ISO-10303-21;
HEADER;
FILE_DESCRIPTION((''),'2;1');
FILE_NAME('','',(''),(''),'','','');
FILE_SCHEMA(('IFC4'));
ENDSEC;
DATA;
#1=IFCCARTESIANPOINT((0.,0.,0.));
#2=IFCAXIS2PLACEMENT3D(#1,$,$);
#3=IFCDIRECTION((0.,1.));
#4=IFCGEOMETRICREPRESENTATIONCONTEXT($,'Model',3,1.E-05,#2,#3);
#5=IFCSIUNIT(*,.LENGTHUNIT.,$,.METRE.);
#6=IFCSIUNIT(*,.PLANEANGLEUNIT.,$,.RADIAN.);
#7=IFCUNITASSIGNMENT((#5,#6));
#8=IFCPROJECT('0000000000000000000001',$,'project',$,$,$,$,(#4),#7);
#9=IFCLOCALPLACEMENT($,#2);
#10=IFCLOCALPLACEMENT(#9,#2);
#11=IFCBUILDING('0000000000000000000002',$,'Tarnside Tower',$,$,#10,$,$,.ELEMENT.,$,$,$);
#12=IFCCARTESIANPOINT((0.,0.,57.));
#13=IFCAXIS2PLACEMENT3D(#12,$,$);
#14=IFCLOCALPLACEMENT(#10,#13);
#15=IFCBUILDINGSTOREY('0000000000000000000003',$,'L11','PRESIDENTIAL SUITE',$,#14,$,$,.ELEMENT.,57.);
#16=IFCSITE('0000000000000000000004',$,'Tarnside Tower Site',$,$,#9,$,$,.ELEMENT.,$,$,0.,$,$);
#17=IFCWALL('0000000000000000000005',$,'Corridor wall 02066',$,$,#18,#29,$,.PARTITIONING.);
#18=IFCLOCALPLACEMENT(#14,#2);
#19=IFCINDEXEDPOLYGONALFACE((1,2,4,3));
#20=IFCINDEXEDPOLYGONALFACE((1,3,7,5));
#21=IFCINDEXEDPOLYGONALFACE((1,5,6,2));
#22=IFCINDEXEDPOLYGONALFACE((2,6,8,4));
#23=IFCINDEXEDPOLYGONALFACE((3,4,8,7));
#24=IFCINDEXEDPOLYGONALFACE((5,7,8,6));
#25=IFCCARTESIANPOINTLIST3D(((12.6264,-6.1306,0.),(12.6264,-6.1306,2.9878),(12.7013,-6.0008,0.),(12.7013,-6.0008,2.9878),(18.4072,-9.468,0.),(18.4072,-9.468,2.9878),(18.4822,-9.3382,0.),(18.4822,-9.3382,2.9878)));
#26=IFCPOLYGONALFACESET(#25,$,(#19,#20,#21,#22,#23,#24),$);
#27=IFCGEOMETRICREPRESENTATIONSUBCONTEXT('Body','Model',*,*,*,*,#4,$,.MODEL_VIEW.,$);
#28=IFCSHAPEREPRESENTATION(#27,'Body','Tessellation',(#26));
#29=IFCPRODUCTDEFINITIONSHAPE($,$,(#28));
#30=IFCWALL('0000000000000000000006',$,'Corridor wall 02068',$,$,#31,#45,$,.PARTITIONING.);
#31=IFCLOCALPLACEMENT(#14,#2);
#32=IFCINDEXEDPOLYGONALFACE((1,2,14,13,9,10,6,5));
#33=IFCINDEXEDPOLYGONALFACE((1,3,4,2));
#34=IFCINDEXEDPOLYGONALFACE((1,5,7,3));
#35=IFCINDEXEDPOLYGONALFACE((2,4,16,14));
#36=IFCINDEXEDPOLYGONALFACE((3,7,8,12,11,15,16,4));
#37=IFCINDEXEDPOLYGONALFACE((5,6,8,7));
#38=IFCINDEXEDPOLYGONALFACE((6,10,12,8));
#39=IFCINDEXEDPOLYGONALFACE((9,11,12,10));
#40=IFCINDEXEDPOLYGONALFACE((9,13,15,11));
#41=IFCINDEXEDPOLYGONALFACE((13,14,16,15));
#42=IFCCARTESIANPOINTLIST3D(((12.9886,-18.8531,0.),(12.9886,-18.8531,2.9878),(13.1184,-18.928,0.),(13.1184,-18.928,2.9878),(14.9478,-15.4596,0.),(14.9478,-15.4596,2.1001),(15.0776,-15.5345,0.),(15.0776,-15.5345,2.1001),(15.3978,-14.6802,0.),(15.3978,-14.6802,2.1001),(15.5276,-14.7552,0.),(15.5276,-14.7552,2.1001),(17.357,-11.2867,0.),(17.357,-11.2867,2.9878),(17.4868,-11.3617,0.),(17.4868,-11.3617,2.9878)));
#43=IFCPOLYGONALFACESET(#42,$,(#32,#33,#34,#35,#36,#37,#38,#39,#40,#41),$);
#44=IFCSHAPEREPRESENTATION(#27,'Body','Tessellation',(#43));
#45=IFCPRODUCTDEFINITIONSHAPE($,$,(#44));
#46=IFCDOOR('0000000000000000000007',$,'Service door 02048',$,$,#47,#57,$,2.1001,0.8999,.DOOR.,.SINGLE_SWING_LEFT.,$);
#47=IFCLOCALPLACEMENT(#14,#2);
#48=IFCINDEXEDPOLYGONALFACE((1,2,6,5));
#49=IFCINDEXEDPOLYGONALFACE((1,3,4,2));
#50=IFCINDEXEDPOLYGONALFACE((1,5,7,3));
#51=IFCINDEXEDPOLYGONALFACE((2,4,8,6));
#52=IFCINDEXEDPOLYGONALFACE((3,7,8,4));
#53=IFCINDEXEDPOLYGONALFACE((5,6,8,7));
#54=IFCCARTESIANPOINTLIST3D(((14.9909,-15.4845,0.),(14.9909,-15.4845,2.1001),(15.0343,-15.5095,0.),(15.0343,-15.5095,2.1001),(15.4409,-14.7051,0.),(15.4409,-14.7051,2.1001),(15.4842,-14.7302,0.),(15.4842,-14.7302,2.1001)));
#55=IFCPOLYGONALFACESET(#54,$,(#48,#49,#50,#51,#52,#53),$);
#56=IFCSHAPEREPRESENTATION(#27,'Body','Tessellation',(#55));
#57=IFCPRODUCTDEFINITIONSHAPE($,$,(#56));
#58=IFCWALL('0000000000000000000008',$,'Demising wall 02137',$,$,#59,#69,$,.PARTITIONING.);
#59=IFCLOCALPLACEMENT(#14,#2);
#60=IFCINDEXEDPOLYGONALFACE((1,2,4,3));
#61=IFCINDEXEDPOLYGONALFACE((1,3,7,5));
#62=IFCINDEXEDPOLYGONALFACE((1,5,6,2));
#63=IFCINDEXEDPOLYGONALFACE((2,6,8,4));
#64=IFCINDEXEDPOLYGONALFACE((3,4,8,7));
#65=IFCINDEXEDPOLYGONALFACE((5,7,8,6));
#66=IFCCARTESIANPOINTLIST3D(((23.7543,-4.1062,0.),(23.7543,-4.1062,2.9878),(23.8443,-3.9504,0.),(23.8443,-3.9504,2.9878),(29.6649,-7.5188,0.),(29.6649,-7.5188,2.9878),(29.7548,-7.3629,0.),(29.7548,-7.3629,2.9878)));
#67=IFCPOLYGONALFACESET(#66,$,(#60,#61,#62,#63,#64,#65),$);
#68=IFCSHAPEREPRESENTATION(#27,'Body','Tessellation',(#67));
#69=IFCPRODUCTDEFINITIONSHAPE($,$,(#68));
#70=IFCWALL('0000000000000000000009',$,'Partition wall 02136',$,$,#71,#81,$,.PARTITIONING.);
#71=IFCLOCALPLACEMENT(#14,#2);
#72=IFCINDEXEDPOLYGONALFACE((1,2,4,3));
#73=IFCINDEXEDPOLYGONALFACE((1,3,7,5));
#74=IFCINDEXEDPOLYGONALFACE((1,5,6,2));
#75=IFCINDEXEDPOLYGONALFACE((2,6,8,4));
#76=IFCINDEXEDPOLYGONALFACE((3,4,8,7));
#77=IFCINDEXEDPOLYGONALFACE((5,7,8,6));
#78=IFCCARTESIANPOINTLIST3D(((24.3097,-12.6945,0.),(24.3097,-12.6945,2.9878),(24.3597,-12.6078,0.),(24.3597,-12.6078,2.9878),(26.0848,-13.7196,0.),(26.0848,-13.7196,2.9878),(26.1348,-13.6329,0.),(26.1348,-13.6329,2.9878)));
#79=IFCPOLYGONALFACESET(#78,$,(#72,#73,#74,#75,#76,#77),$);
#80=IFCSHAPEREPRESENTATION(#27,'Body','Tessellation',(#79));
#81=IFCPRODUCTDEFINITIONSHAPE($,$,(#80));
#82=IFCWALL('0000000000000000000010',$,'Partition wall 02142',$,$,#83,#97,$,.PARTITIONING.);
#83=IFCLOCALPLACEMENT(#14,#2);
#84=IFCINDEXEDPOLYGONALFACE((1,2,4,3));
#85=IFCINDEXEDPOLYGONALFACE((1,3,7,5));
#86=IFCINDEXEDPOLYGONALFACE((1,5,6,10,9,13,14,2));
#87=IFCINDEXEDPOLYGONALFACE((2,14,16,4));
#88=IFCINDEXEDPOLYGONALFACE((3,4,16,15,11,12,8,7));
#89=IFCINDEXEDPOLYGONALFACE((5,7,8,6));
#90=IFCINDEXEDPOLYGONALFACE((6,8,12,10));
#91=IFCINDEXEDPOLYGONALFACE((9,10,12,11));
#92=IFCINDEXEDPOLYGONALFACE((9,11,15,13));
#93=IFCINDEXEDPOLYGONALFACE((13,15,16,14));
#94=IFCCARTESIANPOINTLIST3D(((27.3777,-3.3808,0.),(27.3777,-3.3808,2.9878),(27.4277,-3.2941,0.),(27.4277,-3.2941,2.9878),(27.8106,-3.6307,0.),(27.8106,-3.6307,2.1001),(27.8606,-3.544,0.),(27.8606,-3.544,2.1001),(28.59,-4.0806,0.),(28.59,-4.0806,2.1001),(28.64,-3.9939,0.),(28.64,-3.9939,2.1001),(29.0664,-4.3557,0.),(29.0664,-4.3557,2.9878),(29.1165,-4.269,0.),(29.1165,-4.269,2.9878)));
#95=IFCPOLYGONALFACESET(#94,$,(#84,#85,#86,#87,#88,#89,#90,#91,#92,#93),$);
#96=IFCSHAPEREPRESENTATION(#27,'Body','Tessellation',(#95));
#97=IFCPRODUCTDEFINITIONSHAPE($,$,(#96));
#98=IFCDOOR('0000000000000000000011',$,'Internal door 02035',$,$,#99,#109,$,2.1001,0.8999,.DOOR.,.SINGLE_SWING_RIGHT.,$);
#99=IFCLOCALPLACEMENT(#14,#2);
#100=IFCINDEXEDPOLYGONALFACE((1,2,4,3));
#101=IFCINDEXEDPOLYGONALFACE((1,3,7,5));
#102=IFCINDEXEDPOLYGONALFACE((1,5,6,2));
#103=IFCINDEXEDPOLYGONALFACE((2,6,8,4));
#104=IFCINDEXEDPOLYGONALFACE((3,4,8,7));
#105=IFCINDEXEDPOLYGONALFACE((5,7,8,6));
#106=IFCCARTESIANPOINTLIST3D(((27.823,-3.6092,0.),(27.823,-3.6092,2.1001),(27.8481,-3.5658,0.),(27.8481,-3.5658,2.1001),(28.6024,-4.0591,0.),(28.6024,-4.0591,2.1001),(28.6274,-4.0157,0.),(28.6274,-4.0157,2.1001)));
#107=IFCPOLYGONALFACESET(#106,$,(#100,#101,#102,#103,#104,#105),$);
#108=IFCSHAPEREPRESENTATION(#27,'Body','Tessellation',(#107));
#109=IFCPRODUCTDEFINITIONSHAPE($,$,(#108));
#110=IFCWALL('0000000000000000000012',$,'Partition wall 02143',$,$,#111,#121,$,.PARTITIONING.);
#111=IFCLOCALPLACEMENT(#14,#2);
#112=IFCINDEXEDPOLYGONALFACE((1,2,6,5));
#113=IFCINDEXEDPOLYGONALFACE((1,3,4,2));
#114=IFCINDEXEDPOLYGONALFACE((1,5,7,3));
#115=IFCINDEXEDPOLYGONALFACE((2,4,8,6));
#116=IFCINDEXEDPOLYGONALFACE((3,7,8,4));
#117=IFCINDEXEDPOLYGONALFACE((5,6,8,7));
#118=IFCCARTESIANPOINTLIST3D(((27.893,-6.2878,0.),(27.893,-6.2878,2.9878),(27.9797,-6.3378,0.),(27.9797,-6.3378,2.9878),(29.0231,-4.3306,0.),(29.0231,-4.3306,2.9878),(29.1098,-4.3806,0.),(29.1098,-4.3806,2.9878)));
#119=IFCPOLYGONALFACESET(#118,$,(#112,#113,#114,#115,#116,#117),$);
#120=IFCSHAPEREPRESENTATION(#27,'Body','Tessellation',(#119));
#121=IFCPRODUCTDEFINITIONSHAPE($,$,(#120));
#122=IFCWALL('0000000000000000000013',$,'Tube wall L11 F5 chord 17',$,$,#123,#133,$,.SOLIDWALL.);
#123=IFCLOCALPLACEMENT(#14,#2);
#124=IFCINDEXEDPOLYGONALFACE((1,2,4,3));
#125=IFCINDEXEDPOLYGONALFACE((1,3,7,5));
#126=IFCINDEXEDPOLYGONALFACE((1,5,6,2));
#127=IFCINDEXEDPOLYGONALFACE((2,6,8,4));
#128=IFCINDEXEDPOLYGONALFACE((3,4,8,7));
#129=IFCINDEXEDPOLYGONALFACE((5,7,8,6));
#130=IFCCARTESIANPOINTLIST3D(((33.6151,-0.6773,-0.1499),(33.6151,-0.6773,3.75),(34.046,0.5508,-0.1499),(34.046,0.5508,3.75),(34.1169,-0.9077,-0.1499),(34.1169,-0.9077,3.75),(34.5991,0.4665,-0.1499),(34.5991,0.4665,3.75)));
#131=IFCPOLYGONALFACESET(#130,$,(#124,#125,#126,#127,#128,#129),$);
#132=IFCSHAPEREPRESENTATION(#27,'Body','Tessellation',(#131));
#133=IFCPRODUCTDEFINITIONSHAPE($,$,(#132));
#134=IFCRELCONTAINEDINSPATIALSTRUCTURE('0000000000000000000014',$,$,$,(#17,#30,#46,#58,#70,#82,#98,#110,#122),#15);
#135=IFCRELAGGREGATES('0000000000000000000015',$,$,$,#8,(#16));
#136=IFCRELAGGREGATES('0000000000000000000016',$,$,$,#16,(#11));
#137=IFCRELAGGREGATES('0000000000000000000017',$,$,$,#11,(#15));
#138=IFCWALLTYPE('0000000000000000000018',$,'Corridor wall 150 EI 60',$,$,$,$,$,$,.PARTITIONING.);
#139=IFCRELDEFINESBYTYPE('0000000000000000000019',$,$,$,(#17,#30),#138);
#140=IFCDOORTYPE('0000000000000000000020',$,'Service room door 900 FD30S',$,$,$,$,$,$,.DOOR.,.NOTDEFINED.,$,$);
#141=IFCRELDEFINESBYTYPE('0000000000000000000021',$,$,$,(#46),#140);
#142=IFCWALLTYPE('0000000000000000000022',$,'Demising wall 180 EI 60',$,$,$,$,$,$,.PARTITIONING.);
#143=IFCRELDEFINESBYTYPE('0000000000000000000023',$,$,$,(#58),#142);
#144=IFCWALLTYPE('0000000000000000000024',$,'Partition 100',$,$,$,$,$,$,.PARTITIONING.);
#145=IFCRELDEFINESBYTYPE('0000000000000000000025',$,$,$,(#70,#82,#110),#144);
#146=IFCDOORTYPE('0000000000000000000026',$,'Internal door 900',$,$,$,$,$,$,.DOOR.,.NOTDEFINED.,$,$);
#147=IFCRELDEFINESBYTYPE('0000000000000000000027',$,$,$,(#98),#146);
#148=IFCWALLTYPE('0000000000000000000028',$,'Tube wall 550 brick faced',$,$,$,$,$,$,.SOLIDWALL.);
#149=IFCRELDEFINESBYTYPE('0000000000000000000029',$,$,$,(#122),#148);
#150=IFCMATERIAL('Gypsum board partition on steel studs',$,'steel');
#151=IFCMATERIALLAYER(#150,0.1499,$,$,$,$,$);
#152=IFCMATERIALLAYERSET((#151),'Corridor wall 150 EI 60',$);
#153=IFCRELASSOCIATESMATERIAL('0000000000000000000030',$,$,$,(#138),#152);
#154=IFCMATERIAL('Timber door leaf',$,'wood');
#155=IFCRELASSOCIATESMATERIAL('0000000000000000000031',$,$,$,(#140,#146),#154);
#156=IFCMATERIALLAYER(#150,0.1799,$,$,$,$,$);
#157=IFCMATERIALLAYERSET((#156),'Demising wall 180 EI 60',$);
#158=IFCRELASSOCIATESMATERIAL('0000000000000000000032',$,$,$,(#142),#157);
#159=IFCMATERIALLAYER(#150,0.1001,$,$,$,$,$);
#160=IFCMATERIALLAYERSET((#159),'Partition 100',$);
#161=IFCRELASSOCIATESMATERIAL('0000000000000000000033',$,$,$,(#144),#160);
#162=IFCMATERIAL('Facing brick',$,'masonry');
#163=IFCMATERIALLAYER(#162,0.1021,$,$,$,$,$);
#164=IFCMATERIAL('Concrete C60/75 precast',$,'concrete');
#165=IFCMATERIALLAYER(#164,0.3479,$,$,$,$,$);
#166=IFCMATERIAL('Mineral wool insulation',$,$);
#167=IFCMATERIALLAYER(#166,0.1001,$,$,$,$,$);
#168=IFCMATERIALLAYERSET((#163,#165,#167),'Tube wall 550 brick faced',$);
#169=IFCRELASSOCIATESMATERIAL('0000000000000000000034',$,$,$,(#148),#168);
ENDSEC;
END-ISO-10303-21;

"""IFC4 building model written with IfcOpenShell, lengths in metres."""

from ifc_helpers import new_model, si_unit, direction, frame, frame_2d, origin, place, context, subcontext, project, spatial, polyline, rectangle, outline, extrude, material, layer, layer_set, type_object, element, fill, save


model = new_model("IFC4")

# Units and contexts
model_context = context("Model", 3, precision=1e-05, world=origin(), true_north=direction((0.0, 1.0)))
body_context = subcontext(model_context, "Body", "Model", "MODEL_VIEW")
ifc_project = project(units=[si_unit("LENGTHUNIT", "METRE"), si_unit("PLANEANGLEUNIT", "RADIAN")], contexts=[model_context])

# Site, building, storey
site_placement = place(None, origin())
site = spatial("IfcSite", under=ifc_project, at=site_placement, Name="Tarnside Tower Site", CompositionType="ELEMENT", RefElevation=0.0)
building_placement = place(site_placement, origin())
building = spatial("IfcBuilding", under=site, at=building_placement, Name="Tarnside Tower", CompositionType="ELEMENT")
storey_placement = place(building_placement, frame((0.0, 0.0, 57.0)))
storey = spatial("IfcBuildingStorey", under=building, at=storey_placement, Name="L11", Description="PRESIDENTIAL SUITE", CompositionType="ELEMENT", Elevation=57.0)

# Shared definitions
ifc_material_1 = material(Name="Gypsum board partition on steel studs", Category="steel")

# Shared definitions
ifc_material_2 = material(Name="Timber door leaf", Category="wood")

# Wall
ifc_layer_1 = layer(ifc_material_1, 0.1499)
ifc_layer_set_1 = layer_set([ifc_layer_1], Name="Corridor wall 150 EI 60")
wall_type_1 = type_object("IfcWallType", Name="Corridor wall 150 EI 60", PredefinedType="PARTITIONING", material=ifc_layer_set_1)
wall_1_placement = place(storey_placement, frame((18.4446, -9.4031, 0.0), z_axis=(0.0, 0.0, 1.0), x_axis=(-0.866033, 0.499986, 0.0)))
element("IfcWall", 1, at=wall_1_placement, inside=storey, type_object=wall_type_1, Name="Corridor wall 02066", PredefinedType="PARTITIONING", context=body_context, shape_type="SweptSolid", body=[
    extrude(rectangle(XDim=6.675, YDim=0.1499, at=frame_2d((3.3374, 0.0))), origin(), (0.0, 0.0, 1.0), 2.9878),
])

# Wall, opening, door
wall_2_placement = place(storey_placement, frame((17.4219, -11.3242, 0.0), z_axis=(0.0, 0.0, 1.0), x_axis=(-0.499995, -0.866028, 0.0)))
wall_2 = element("IfcWall", 2, at=wall_2_placement, inside=storey, type_object=wall_type_1, Name="Corridor wall 02068", PredefinedType="PARTITIONING", context=body_context, shape_type="SweptSolid", body=[
    extrude(rectangle(XDim=8.7368, YDim=0.1499, at=frame_2d((4.3684, 0.0))), origin(), (0.0, 0.0, 1.0), 2.9878),
])
opening_1_placement = place(wall_2_placement, frame((3.9185, 0.0, 0.0)))
opening_1 = element("IfcOpeningElement", 3, at=opening_1_placement, cuts=wall_2, PredefinedType="OPENING", context=body_context, shape_type="SweptSolid", body=[
    extrude(rectangle(XDim=0.8999, YDim=2.1001, at=frame_2d((0.45, 1.05))), frame((0.0, 0.085, 0.0), z_axis=(0.0, -1.0, 0.0), x_axis=(1.0, 0.0, 0.0)), (0.0, 0.0, 1.0), 0.1699),
])
door_type_1 = type_object("IfcDoorType", Name="Service room door 900 FD30S", OperationType="NOTDEFINED", PredefinedType="DOOR", material=ifc_material_2)
door_1_placement = place(opening_1_placement, origin())
door_1 = element("IfcDoor", 4, at=door_1_placement, inside=storey, type_object=door_type_1, Name="Service door 02048", OperationType="SINGLE_SWING_LEFT", OverallHeight=2.1001, OverallWidth=0.8999, PredefinedType="DOOR", context=body_context, shape_type="SweptSolid", body=[
    extrude(rectangle(XDim=0.8999, YDim=2.1001, at=frame_2d((0.45, 1.05))), frame((0.0, 0.0249, 0.0), z_axis=(0.0, -1.0, 0.0), x_axis=(1.0, 0.0, 0.0)), (0.0, 0.0, 1.0), 0.05),
])
fill(opening_1, door_1)

# Walls
ifc_layer_2 = layer(ifc_material_1, 0.1799)
ifc_layer_set_2 = layer_set([ifc_layer_2], Name="Demising wall 180 EI 60")
wall_type_2 = type_object("IfcWallType", Name="Demising wall 180 EI 60", PredefinedType="PARTITIONING", material=ifc_layer_set_2)
wall_3_placement = place(storey_placement, frame((29.71, -7.4409, 0.0), z_axis=(0.0, 0.0, 1.0), x_axis=(-0.86602, 0.500009, 0.0)))
element("IfcWall", 5, at=wall_3_placement, inside=storey, type_object=wall_type_2, Name="Demising wall 02137", PredefinedType="PARTITIONING", context=body_context, shape_type="SweptSolid", body=[
    extrude(rectangle(XDim=6.825, YDim=0.1799, at=frame_2d((3.4126, 0.0))), origin(), (0.0, 0.0, 1.0), 2.9878),
])
ifc_layer_3 = layer(ifc_material_1, 0.1001)
ifc_layer_set_3 = layer_set([ifc_layer_3], Name="Partition 100")
wall_type_3 = type_object("IfcWallType", Name="Partition 100", PredefinedType="PARTITIONING", material=ifc_layer_set_3)
wall_4_placement = place(storey_placement, frame((24.3347, -12.6511, 0.0), z_axis=(0.0, 0.0, 1.0), x_axis=(0.865969, -0.500097, 0.0)))
element("IfcWall", 6, at=wall_4_placement, inside=storey, type_object=wall_type_3, Name="Partition wall 02136", PredefinedType="PARTITIONING", context=body_context, shape_type="SweptSolid", body=[
    extrude(rectangle(XDim=2.0498, YDim=0.1001, at=frame_2d((1.0249, 0.0))), origin(), (0.0, 0.0, 1.0), 2.9878),
])

# Wall, opening, door
wall_5_placement = place(storey_placement, frame((27.4026, -3.3374, 0.0), z_axis=(0.0, 0.0, 1.0), x_axis=(0.866054, -0.49995, 0.0)))
wall_5 = element("IfcWall", 7, at=wall_5_placement, inside=storey, type_object=wall_type_3, Name="Partition wall 02142", PredefinedType="PARTITIONING", context=body_context, shape_type="SweptSolid", body=[
    extrude(rectangle(XDim=1.95, YDim=0.1001, at=frame_2d((0.9751, 0.0))), origin(), (0.0, 0.0, 1.0), 2.9878),
])
opening_2_placement = place(wall_5_placement, frame((0.5, 0.0, 0.0)))
opening_2 = element("IfcOpeningElement", 8, at=opening_2_placement, cuts=wall_5, PredefinedType="OPENING", context=body_context, shape_type="SweptSolid", body=[
    extrude(rectangle(XDim=0.8999, YDim=2.1001, at=frame_2d((0.45, 1.05))), frame((0.0, 0.0601, 0.0), z_axis=(0.0, -1.0, 0.0), x_axis=(1.0, 0.0, 0.0)), (0.0, 0.0, 1.0), 0.1201),
])
door_type_2 = type_object("IfcDoorType", Name="Internal door 900", OperationType="NOTDEFINED", PredefinedType="DOOR", material=ifc_material_2)
door_2_placement = place(opening_2_placement, origin())
door_2 = element("IfcDoor", 9, at=door_2_placement, inside=storey, type_object=door_type_2, Name="Internal door 02035", OperationType="SINGLE_SWING_RIGHT", OverallHeight=2.1001, OverallWidth=0.8999, PredefinedType="DOOR", context=body_context, shape_type="SweptSolid", body=[
    extrude(rectangle(XDim=0.8999, YDim=2.1001, at=frame_2d((0.45, 1.05))), frame((0.0, 0.0249, 0.0), z_axis=(0.0, -1.0, 0.0), x_axis=(1.0, 0.0, 0.0)), (0.0, 0.0, 1.0), 0.05),
])
fill(opening_2, door_2)

# Walls
wall_6_placement = place(storey_placement, frame((29.0664, -4.3557, 0.0), z_axis=(0.0, 0.0, 1.0), x_axis=(-0.500031, -0.866007, 0.0)))
element("IfcWall", 10, at=wall_6_placement, inside=storey, type_object=wall_type_3, Name="Partition wall 02143", PredefinedType="PARTITIONING", context=body_context, shape_type="SweptSolid", body=[
    extrude(rectangle(XDim=2.26, YDim=0.1001, at=frame_2d((1.1299, 0.0))), origin(), (0.0, 0.0, 1.0), 2.9878),
])
ifc_material_3 = material(Name="Facing brick", Category="masonry")
ifc_layer_4 = layer(ifc_material_3, 0.1021)
ifc_material_4 = material(Name="Concrete C60/75 precast", Category="concrete")
ifc_layer_5 = layer(ifc_material_4, 0.3479)
ifc_material_5 = material(Name="Mineral wool insulation")
ifc_layer_6 = layer(ifc_material_5, 0.1001)
ifc_layer_set_4 = layer_set([ifc_layer_4, ifc_layer_5, ifc_layer_6], Name="Tube wall 550 brick faced")
wall_type_4 = type_object("IfcWallType", Name="Tube wall 550 brick faced", PredefinedType="SOLIDWALL", material=ifc_layer_set_4)
wall_7_placement = place(storey_placement, frame((33.866, -0.7925, -0.1499), z_axis=(0.0, 0.0, 1.0), x_axis=(0.331115, 0.94359, 0.0)))
element("IfcWall", 11, at=wall_7_placement, inside=storey, type_object=wall_type_4, Name="Tube wall L11 F5 chord 17", PredefinedType="SOLIDWALL", context=body_context, shape_type="SweptSolid", body=[
    extrude(outline(polyline([(-0.0256, -0.2749), (1.4307, -0.2749), (1.3271, 0.2749), (0.0256, 0.2749), (-0.0256, -0.2749)])), origin(), (0.0, 0.0, 1.0), 3.8999),
])

save(model, "model.ifc")
